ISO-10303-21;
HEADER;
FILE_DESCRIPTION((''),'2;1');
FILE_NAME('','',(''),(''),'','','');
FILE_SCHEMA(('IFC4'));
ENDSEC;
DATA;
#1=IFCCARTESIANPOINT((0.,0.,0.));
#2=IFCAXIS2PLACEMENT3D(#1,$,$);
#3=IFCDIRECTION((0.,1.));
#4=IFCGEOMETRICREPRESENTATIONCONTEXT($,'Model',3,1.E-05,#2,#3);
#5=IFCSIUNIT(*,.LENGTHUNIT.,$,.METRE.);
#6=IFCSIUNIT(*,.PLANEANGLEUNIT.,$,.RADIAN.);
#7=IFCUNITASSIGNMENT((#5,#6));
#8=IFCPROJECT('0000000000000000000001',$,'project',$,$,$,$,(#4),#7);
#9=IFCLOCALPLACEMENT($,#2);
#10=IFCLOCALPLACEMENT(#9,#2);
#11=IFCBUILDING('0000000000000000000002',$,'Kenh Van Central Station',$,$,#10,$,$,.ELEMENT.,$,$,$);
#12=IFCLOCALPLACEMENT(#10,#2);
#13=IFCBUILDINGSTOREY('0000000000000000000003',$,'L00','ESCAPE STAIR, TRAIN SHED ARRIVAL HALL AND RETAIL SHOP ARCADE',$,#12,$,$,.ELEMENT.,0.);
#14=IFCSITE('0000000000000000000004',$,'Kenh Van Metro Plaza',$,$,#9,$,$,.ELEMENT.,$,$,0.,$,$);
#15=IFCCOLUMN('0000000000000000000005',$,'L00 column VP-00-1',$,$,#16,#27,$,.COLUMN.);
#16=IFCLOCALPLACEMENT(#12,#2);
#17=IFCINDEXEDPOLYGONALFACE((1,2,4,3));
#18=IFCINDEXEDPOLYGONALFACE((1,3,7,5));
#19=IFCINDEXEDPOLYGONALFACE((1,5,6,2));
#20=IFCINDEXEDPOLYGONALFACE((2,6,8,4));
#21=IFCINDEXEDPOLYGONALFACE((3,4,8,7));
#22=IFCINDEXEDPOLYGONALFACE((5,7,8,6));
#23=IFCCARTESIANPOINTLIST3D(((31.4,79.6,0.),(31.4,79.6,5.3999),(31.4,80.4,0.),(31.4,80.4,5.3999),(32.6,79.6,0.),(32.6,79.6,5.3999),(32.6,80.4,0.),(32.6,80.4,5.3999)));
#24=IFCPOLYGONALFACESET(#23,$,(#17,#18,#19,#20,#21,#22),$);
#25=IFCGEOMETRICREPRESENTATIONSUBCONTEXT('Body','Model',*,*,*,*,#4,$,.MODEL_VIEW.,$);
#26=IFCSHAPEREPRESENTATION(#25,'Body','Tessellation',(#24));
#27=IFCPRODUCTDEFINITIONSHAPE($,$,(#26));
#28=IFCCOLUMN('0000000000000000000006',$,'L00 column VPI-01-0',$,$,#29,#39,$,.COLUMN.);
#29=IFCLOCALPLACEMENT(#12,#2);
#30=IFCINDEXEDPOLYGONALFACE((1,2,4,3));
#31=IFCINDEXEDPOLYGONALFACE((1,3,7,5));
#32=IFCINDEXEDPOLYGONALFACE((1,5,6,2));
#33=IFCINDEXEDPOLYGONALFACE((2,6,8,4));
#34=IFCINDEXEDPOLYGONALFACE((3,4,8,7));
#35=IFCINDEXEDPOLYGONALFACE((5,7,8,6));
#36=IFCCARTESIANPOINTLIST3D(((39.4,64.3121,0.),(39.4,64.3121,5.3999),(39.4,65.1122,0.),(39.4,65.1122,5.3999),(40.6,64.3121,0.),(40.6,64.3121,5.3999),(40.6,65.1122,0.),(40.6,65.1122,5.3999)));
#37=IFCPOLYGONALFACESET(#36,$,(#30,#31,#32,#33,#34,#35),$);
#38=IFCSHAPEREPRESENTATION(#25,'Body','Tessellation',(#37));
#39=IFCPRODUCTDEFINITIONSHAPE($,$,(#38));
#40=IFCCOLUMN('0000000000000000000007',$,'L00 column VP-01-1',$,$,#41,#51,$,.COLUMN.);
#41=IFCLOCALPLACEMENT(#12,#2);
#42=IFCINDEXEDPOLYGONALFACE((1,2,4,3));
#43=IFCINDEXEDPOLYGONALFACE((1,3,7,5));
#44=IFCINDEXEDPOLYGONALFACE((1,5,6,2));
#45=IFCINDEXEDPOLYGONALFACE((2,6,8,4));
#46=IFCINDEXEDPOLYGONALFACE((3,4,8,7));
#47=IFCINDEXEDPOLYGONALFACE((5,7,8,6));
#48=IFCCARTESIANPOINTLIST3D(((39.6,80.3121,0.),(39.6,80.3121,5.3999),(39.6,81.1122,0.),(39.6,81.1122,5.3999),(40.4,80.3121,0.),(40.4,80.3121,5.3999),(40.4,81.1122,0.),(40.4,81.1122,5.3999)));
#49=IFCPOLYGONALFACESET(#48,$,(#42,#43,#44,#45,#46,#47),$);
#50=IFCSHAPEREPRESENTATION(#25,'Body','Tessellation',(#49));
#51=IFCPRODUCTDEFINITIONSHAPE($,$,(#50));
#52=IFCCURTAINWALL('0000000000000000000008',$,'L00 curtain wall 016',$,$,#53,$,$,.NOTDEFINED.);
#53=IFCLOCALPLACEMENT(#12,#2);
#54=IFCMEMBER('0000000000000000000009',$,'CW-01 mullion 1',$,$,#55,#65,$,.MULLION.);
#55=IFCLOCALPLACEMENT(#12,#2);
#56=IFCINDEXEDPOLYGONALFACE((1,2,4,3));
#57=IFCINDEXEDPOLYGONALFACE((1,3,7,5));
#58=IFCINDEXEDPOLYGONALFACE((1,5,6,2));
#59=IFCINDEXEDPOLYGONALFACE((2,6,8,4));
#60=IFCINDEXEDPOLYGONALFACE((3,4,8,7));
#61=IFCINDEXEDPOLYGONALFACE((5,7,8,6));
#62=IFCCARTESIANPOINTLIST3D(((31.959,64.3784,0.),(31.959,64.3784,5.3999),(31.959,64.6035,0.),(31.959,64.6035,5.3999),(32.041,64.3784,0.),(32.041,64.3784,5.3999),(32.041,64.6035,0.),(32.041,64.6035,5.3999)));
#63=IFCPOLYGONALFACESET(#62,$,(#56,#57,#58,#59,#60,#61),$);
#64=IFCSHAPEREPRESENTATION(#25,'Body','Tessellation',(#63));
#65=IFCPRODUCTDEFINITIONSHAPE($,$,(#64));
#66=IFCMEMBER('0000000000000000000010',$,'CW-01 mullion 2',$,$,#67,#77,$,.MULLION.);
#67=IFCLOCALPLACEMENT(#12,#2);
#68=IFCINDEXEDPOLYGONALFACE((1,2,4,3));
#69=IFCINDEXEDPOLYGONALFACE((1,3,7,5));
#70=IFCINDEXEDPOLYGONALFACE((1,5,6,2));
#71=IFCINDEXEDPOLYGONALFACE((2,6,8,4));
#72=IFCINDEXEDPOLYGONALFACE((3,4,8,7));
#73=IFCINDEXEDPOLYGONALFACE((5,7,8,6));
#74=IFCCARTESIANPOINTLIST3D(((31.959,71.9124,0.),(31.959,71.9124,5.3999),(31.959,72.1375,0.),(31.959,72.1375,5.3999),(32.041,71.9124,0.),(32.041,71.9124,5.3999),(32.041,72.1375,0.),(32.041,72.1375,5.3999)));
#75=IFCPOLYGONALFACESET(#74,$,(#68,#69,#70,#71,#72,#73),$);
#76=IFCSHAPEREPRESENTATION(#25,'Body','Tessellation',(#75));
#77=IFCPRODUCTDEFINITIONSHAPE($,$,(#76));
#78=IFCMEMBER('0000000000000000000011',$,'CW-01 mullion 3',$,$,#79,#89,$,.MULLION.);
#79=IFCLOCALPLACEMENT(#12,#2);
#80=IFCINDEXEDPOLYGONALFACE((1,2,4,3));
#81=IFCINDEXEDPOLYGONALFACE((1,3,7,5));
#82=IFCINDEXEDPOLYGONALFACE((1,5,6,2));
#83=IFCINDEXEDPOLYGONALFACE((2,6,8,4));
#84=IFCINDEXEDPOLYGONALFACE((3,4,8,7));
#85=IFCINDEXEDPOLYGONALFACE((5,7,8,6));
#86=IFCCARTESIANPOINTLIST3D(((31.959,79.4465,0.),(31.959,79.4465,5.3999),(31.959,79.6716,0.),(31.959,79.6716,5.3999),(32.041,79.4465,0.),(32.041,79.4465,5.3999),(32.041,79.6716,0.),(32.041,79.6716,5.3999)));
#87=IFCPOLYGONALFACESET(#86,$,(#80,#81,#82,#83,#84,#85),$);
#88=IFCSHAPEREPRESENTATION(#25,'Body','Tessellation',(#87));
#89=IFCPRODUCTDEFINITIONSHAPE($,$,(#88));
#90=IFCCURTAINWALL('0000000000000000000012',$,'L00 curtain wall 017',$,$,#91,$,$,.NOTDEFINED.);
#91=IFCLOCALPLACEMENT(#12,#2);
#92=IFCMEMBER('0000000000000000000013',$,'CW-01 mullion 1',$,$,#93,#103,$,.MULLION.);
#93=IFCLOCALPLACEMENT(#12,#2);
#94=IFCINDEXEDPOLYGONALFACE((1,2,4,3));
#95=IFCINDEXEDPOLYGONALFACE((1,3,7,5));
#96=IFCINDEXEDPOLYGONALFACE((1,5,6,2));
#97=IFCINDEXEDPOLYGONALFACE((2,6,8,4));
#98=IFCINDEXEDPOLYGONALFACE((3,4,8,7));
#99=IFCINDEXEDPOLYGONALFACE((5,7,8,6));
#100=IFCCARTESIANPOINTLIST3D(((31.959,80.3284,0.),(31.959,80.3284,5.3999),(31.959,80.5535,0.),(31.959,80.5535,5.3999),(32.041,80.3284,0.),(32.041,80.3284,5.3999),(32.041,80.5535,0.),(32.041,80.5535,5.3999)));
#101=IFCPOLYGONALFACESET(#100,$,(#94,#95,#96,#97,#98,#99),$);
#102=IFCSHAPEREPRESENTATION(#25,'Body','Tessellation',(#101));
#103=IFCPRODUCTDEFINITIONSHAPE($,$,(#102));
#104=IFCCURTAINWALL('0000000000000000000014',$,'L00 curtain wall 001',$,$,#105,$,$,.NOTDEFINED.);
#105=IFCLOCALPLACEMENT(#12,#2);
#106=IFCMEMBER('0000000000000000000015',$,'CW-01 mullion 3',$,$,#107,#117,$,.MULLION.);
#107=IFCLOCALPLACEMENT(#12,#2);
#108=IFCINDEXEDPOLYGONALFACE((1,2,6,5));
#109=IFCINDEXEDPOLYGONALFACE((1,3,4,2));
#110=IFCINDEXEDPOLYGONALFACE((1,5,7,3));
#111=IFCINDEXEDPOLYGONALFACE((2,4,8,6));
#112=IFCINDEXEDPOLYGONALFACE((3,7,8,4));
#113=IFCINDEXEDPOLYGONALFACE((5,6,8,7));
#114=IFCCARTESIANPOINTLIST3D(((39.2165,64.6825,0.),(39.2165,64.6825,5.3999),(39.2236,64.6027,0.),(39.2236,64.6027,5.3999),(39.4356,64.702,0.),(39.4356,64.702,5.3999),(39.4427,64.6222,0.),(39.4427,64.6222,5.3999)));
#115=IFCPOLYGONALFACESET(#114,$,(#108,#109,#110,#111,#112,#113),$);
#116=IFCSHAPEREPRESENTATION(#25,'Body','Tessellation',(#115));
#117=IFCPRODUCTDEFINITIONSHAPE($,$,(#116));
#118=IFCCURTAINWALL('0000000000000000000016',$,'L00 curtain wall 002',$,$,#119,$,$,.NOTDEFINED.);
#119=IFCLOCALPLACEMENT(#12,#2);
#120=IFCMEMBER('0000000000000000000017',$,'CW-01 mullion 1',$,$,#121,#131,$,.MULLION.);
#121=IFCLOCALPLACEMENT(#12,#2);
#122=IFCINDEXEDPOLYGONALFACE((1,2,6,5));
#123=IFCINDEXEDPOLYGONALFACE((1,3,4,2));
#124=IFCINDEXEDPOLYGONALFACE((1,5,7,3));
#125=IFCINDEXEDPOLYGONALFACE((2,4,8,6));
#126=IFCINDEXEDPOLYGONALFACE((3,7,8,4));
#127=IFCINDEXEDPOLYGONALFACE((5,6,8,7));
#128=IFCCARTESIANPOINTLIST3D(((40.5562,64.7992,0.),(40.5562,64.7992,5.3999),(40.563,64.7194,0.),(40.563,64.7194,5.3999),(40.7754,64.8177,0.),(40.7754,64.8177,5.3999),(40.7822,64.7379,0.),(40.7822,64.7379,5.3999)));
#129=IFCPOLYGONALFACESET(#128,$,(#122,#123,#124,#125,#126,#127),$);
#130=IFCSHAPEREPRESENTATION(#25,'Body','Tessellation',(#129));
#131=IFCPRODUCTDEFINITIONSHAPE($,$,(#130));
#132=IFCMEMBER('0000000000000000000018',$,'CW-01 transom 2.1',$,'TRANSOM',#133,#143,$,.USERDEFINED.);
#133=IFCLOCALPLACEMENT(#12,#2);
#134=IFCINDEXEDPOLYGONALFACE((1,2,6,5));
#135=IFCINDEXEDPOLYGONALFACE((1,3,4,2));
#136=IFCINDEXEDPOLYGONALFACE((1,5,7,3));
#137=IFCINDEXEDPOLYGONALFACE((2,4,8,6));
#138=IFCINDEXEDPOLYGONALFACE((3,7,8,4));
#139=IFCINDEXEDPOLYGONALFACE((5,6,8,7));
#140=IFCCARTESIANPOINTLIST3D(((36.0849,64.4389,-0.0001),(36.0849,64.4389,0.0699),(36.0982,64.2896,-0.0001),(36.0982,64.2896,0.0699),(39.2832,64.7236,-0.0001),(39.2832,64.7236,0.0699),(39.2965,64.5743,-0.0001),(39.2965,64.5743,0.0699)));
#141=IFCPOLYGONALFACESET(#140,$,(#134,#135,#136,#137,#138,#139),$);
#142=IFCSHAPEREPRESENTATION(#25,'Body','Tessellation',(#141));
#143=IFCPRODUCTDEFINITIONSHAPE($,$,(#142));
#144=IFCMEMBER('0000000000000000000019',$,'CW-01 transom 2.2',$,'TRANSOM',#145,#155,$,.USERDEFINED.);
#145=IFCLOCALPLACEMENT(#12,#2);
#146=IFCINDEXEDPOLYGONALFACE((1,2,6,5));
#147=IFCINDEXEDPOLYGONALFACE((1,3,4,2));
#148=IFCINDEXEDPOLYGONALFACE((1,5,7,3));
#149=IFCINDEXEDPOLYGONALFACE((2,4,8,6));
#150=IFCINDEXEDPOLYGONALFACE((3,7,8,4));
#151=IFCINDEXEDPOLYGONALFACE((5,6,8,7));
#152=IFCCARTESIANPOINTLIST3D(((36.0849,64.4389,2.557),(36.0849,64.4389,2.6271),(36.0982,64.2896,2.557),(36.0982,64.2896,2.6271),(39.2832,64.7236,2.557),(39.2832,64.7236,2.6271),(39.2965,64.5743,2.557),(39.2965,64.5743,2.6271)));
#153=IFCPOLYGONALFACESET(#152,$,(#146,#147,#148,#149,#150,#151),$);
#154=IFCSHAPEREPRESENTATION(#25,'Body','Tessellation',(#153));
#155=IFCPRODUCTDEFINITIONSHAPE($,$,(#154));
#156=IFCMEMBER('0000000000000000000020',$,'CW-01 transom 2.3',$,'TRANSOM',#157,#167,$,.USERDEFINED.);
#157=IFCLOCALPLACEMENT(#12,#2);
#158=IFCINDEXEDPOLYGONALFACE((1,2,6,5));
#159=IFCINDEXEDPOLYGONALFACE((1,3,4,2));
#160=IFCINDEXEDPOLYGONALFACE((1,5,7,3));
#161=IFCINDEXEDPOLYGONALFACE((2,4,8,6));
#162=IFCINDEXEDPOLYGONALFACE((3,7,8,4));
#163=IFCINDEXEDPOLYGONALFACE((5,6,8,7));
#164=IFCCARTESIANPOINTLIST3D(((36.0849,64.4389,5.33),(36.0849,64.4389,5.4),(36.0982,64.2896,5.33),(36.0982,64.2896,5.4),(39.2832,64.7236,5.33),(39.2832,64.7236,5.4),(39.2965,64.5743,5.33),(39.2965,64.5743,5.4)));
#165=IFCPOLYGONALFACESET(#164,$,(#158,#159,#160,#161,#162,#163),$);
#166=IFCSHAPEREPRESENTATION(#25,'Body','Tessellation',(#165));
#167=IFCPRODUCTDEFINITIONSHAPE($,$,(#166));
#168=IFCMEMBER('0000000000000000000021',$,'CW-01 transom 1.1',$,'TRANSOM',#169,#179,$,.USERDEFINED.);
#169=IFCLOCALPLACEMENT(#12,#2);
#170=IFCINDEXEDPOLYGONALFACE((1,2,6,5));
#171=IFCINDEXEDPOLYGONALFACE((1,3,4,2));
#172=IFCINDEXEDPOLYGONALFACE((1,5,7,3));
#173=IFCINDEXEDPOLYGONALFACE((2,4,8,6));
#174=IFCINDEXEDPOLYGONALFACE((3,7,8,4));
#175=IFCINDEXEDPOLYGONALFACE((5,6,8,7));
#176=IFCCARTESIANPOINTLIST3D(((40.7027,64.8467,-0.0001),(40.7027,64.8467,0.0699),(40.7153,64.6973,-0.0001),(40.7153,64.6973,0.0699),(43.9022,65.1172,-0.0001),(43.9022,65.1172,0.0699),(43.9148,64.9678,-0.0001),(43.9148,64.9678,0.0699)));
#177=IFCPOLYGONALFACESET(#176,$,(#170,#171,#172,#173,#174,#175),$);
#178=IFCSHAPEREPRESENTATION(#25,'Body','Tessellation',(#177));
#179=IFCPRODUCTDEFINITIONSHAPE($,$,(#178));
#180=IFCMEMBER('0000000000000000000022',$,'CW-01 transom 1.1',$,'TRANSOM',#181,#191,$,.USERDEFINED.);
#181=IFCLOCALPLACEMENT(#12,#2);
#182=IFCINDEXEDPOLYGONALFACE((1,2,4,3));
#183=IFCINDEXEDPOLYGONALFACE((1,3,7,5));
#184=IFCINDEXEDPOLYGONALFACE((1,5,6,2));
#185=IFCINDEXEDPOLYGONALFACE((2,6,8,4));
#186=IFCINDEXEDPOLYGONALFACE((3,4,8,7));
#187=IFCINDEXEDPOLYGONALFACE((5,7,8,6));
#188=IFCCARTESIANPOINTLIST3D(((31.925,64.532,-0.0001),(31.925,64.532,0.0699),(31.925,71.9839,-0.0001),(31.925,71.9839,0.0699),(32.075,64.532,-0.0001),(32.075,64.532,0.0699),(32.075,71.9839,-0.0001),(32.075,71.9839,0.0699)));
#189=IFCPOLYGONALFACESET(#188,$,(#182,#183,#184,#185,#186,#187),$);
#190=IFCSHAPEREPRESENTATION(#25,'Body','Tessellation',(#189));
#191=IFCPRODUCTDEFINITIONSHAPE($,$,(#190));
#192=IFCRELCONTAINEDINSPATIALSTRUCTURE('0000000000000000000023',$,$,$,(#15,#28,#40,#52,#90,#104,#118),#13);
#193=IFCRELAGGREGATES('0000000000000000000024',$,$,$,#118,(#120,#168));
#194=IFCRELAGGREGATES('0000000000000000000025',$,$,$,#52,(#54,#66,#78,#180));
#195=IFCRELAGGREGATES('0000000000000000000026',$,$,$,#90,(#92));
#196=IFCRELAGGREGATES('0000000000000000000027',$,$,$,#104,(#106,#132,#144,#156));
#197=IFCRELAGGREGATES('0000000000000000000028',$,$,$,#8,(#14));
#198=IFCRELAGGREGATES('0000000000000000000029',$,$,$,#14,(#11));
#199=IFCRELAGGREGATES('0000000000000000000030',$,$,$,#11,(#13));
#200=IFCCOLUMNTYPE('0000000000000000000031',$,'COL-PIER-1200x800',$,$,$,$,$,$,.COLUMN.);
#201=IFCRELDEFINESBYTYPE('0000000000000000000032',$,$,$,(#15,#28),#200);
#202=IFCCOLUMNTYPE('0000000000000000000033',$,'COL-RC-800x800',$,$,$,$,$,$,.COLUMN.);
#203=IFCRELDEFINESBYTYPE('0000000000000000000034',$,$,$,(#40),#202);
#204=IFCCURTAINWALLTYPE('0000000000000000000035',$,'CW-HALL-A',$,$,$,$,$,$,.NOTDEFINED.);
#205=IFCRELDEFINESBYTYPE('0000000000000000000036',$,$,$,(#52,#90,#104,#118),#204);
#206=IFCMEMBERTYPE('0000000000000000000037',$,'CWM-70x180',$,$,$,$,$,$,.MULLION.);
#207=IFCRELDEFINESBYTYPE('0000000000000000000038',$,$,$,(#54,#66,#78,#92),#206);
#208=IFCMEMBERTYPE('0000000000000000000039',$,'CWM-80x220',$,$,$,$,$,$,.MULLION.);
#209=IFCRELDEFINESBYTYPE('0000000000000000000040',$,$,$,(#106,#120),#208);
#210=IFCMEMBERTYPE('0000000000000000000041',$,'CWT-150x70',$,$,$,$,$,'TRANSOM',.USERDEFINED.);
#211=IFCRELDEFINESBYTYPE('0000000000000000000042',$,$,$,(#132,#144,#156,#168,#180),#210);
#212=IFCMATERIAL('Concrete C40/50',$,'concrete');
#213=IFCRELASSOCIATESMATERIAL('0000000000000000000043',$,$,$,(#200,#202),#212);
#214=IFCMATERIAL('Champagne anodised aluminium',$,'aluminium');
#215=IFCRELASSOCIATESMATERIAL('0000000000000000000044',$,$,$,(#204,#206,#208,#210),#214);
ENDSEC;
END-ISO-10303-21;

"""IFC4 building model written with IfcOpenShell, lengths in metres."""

from ifc_helpers import new_model, si_unit, direction, frame, origin, origin_2d, place, context, subcontext, project, spatial, rectangle, extrude, material, material_profile, profile_set, type_object, element, aggregate, save


model = new_model("IFC4")

# Units and contexts
model_context = context("Model", 3, precision=1e-05, world=origin(), true_north=direction((0.0, 1.0)))
body_context = subcontext(model_context, "Body", "Model", "MODEL_VIEW")
ifc_project = project(units=[si_unit("LENGTHUNIT", "METRE"), si_unit("PLANEANGLEUNIT", "RADIAN")], contexts=[model_context])

# Site, building, storey
site_placement = place(None, origin())
site = spatial("IfcSite", under=ifc_project, at=site_placement, Name="Kenh Van Metro Plaza", CompositionType="ELEMENT", RefElevation=0.0)
building_placement = place(site_placement, origin())
building = spatial("IfcBuilding", under=site, at=building_placement, Name="Kenh Van Central Station", CompositionType="ELEMENT")
storey_placement = place(building_placement, origin())
storey = spatial("IfcBuildingStorey", under=building, at=storey_placement, Name="L00", Description="ESCAPE STAIR, TRAIN SHED ARRIVAL HALL AND RETAIL SHOP ARCADE", CompositionType="ELEMENT", Elevation=0.0)

# Columns
ifc_material_1 = material(Name="Concrete C40/50", Category="concrete")
ifc_material_profile_1 = material_profile(ifc_material_1, rectangle(XDim=1.2, YDim=0.8, at=origin_2d()), Name="RC 1200x800")
ifc_profile_set_1 = profile_set([ifc_material_profile_1], Name="Concrete C40/50")
column_type_1 = type_object("IfcColumnType", Name="COL-PIER-1200x800", PredefinedType="COLUMN", material=ifc_profile_set_1)
for number, where, z_axis, x_axis, name in (
    (1, (32.0, 80.0, 0.0), (0.0, 0.0, 1.0), (1.0, 0.0, 0.0), "L00 column VP-00-1"),
    (2, (40.0, 64.7122, 0.0), (0.0, 0.0, 1.0), (1.0, 0.0, 0.0), "L00 column VPI-01-0"),
):
    element("IfcColumn", number, at=place(storey_placement, frame(where, z_axis=z_axis, x_axis=x_axis)), inside=storey, type_object=column_type_1, Name=name, PredefinedType="COLUMN", context=body_context, shape_type="SweptSolid", body=[
        extrude(rectangle(XDim=1.2, YDim=0.8, at=origin_2d()), origin(), (0.0, 0.0, 1.0), 5.3999),
    ])
ifc_material_profile_2 = material_profile(ifc_material_1, rectangle(XDim=0.8, YDim=0.8, at=origin_2d()), Name="RC 800x800")
ifc_profile_set_2 = profile_set([ifc_material_profile_2], Name="Concrete C40/50")
column_type_2 = type_object("IfcColumnType", Name="COL-RC-800x800", PredefinedType="COLUMN", material=ifc_profile_set_2)
column_placement = place(storey_placement, frame((40.0, 80.7122, 0.0), z_axis=(0.0, 0.0, 1.0), x_axis=(1.0, 0.0, 0.0)))
element("IfcColumn", 3, at=column_placement, inside=storey, type_object=column_type_2, Name="L00 column VP-01-1", PredefinedType="COLUMN", context=body_context, shape_type="SweptSolid", body=[
    extrude(rectangle(XDim=0.8, YDim=0.8, at=origin_2d()), origin(), (0.0, 0.0, 1.0), 5.3999),
])

# Curtain wall, members
ifc_material_2 = material(Name="Champagne anodised aluminium", Category="aluminium")
curtain_wall_type = type_object("IfcCurtainWallType", Name="CW-HALL-A", PredefinedType="NOTDEFINED", material=ifc_material_2)
curtain_wall_1_placement = place(storey_placement, origin())
curtain_wall_1 = element("IfcCurtainWall", 4, at=curtain_wall_1_placement, inside=storey, type_object=curtain_wall_type, Name="L00 curtain wall 016", PredefinedType="NOTDEFINED")
ifc_material_profile_3 = material_profile(ifc_material_2, rectangle(XDim=0.082, YDim=0.2251, at=origin_2d()), Name="AL 82x225")
ifc_profile_set_3 = profile_set([ifc_material_profile_3], Name="Champagne anodised aluminium")
member_type_1 = type_object("IfcMemberType", Name="CWM-70x180", PredefinedType="MULLION", material=ifc_profile_set_3)
member_1_placement = place(storey_placement, frame((32.0, 64.491, 0.0), z_axis=(0.0, 0.0, 1.0), x_axis=(-1.0, 0.0, 0.0)))
member_1 = element("IfcMember", 5, at=member_1_placement, type_object=member_type_1, Name="CW-01 mullion 1", PredefinedType="MULLION", context=body_context, shape_type="SweptSolid", body=[
    extrude(rectangle(XDim=0.082, YDim=0.2251, at=origin_2d()), origin(), (0.0, 0.0, 1.0), 5.3999),
])
member_2_placement = place(storey_placement, frame((32.0, 72.0249, 0.0), z_axis=(0.0, 0.0, 1.0), x_axis=(-1.0, 0.0, 0.0)))
member_2 = element("IfcMember", 6, at=member_2_placement, type_object=member_type_1, Name="CW-01 mullion 2", PredefinedType="MULLION", context=body_context, shape_type="SweptSolid", body=[
    extrude(rectangle(XDim=0.082, YDim=0.2251, at=origin_2d()), origin(), (0.0, 0.0, 1.0), 5.3999),
])
member_3_placement = place(storey_placement, frame((32.0, 79.5591, 0.0), z_axis=(0.0, 0.0, 1.0), x_axis=(-1.0, 0.0, 0.0)))
member_3 = element("IfcMember", 7, at=member_3_placement, type_object=member_type_1, Name="CW-01 mullion 3", PredefinedType="MULLION", context=body_context, shape_type="SweptSolid", body=[
    extrude(rectangle(XDim=0.082, YDim=0.2251, at=origin_2d()), origin(), (0.0, 0.0, 1.0), 5.3999),
])

# Curtain walls, members
curtain_wall_2_placement = place(storey_placement, origin())
curtain_wall_2 = element("IfcCurtainWall", 8, at=curtain_wall_2_placement, inside=storey, type_object=curtain_wall_type, Name="L00 curtain wall 017", PredefinedType="NOTDEFINED")
member_4_placement = place(storey_placement, frame((32.0, 80.4409, 0.0), z_axis=(0.0, 0.0, 1.0), x_axis=(-1.0, 0.0, 0.0)))
member_4 = element("IfcMember", 9, at=member_4_placement, type_object=member_type_1, Name="CW-01 mullion 1", PredefinedType="MULLION", context=body_context, shape_type="SweptSolid", body=[
    extrude(rectangle(XDim=0.082, YDim=0.2251, at=origin_2d()), origin(), (0.0, 0.0, 1.0), 5.3999),
])
curtain_wall_3_placement = place(storey_placement, origin())
curtain_wall_3 = element("IfcCurtainWall", 10, at=curtain_wall_3_placement, inside=storey, type_object=curtain_wall_type, Name="L00 curtain wall 001", PredefinedType="NOTDEFINED")
ifc_material_profile_4 = material_profile(ifc_material_2, rectangle(XDim=0.0801, YDim=0.22, at=origin_2d()), Name="AL 80x220")
ifc_profile_set_4 = profile_set([ifc_material_profile_4], Name="Champagne anodised aluminium")
member_type_2 = type_object("IfcMemberType", Name="CWM-80x220", PredefinedType="MULLION", material=ifc_profile_set_4)
member_5_placement = place(storey_placement, frame((39.3296, 64.6523, 0.0), z_axis=(0.0, 0.0, 1.0), x_axis=(-0.08866, 0.996062, 0.0)))
member_5 = element("IfcMember", 11, at=member_5_placement, type_object=member_type_2, Name="CW-01 mullion 3", PredefinedType="MULLION", context=body_context, shape_type="SweptSolid", body=[
    extrude(rectangle(XDim=0.0801, YDim=0.22, at=origin_2d()), origin(), (0.0, 0.0, 1.0), 5.3999),
])
curtain_wall_4_placement = place(storey_placement, origin())
curtain_wall_4 = element("IfcCurtainWall", 12, at=curtain_wall_4_placement, inside=storey, type_object=curtain_wall_type, Name="L00 curtain wall 002", PredefinedType="NOTDEFINED")
member_6_placement = place(storey_placement, frame((40.6692, 64.7686, 0.0), z_axis=(0.0, 0.0, 1.0), x_axis=(-0.084244, 0.996445, 0.0)))
member_6 = element("IfcMember", 13, at=member_6_placement, type_object=member_type_2, Name="CW-01 mullion 1", PredefinedType="MULLION", context=body_context, shape_type="SweptSolid", body=[
    extrude(rectangle(XDim=0.0801, YDim=0.22, at=origin_2d()), origin(), (0.0, 0.0, 1.0), 5.3999),
])

# Members
ifc_material_profile_5 = material_profile(ifc_material_2, rectangle(XDim=0.1499, YDim=0.0701, at=origin_2d()), Name="AL 150x70")
ifc_profile_set_5 = profile_set([ifc_material_profile_5], Name="Champagne anodised aluminium")
member_type_3 = type_object("IfcMemberType", Name="CWT-150x70", ElementType="TRANSOM", PredefinedType="USERDEFINED", material=ifc_profile_set_5)
member_7_placement = place(storey_placement, frame((36.0916, 64.3643, 0.0349), z_axis=(0.996062, 0.088657, 0.0), x_axis=(-0.088657, 0.996062, 0.0)))
member_7 = element("IfcMember", 14, at=member_7_placement, type_object=member_type_3, Name="CW-01 transom 2.1", ObjectType="TRANSOM", PredefinedType="USERDEFINED", context=body_context, shape_type="SweptSolid", body=[
    extrude(rectangle(XDim=0.1499, YDim=0.0701, at=origin_2d()), origin(), (0.0, 0.0, 1.0), 3.2109),
])
member_8_placement = place(storey_placement, frame((36.0916, 64.3643, 2.592), z_axis=(0.996062, 0.088657, 0.0), x_axis=(-0.088657, 0.996062, 0.0)))
member_8 = element("IfcMember", 15, at=member_8_placement, type_object=member_type_3, Name="CW-01 transom 2.2", ObjectType="TRANSOM", PredefinedType="USERDEFINED", context=body_context, shape_type="SweptSolid", body=[
    extrude(rectangle(XDim=0.1499, YDim=0.0701, at=origin_2d()), origin(), (0.0, 0.0, 1.0), 3.2109),
])
member_9_placement = place(storey_placement, frame((36.0916, 64.3643, 5.365), z_axis=(0.996062, 0.088657, 0.0), x_axis=(-0.088657, 0.996062, 0.0)))
member_9 = element("IfcMember", 16, at=member_9_placement, type_object=member_type_3, Name="CW-01 transom 2.3", ObjectType="TRANSOM", PredefinedType="USERDEFINED", context=body_context, shape_type="SweptSolid", body=[
    extrude(rectangle(XDim=0.1499, YDim=0.0701, at=origin_2d()), origin(), (0.0, 0.0, 1.0), 3.2109),
])
member_10_placement = place(storey_placement, frame((40.709, 64.772, 0.0349), z_axis=(0.996445, 0.084247, 0.0), x_axis=(-0.084247, 0.996445, 0.0)))
member_10 = element("IfcMember", 17, at=member_10_placement, type_object=member_type_3, Name="CW-01 transom 1.1", ObjectType="TRANSOM", PredefinedType="USERDEFINED", context=body_context, shape_type="SweptSolid", body=[
    extrude(rectangle(XDim=0.1499, YDim=0.0701, at=origin_2d()), origin(), (0.0, 0.0, 1.0), 3.2109),
])
aggregate(curtain_wall_4, [member_6, member_10])
member_11_placement = place(storey_placement, frame((32.0, 64.532, 0.0349), z_axis=(0.0, 1.0, 0.0), x_axis=(-1.0, 0.0, 0.0)))
member_11 = element("IfcMember", 18, at=member_11_placement, type_object=member_type_3, Name="CW-01 transom 1.1", ObjectType="TRANSOM", PredefinedType="USERDEFINED", context=body_context, shape_type="SweptSolid", body=[
    extrude(rectangle(XDim=0.1499, YDim=0.0701, at=origin_2d()), origin(), (0.0, 0.0, 1.0), 7.4519),
])

aggregate(curtain_wall_1, [member_1, member_2, member_3, member_11])
aggregate(curtain_wall_2, [member_4])
aggregate(curtain_wall_3, [member_5, member_7, member_8, member_9])

save(model, "model.ifc")
